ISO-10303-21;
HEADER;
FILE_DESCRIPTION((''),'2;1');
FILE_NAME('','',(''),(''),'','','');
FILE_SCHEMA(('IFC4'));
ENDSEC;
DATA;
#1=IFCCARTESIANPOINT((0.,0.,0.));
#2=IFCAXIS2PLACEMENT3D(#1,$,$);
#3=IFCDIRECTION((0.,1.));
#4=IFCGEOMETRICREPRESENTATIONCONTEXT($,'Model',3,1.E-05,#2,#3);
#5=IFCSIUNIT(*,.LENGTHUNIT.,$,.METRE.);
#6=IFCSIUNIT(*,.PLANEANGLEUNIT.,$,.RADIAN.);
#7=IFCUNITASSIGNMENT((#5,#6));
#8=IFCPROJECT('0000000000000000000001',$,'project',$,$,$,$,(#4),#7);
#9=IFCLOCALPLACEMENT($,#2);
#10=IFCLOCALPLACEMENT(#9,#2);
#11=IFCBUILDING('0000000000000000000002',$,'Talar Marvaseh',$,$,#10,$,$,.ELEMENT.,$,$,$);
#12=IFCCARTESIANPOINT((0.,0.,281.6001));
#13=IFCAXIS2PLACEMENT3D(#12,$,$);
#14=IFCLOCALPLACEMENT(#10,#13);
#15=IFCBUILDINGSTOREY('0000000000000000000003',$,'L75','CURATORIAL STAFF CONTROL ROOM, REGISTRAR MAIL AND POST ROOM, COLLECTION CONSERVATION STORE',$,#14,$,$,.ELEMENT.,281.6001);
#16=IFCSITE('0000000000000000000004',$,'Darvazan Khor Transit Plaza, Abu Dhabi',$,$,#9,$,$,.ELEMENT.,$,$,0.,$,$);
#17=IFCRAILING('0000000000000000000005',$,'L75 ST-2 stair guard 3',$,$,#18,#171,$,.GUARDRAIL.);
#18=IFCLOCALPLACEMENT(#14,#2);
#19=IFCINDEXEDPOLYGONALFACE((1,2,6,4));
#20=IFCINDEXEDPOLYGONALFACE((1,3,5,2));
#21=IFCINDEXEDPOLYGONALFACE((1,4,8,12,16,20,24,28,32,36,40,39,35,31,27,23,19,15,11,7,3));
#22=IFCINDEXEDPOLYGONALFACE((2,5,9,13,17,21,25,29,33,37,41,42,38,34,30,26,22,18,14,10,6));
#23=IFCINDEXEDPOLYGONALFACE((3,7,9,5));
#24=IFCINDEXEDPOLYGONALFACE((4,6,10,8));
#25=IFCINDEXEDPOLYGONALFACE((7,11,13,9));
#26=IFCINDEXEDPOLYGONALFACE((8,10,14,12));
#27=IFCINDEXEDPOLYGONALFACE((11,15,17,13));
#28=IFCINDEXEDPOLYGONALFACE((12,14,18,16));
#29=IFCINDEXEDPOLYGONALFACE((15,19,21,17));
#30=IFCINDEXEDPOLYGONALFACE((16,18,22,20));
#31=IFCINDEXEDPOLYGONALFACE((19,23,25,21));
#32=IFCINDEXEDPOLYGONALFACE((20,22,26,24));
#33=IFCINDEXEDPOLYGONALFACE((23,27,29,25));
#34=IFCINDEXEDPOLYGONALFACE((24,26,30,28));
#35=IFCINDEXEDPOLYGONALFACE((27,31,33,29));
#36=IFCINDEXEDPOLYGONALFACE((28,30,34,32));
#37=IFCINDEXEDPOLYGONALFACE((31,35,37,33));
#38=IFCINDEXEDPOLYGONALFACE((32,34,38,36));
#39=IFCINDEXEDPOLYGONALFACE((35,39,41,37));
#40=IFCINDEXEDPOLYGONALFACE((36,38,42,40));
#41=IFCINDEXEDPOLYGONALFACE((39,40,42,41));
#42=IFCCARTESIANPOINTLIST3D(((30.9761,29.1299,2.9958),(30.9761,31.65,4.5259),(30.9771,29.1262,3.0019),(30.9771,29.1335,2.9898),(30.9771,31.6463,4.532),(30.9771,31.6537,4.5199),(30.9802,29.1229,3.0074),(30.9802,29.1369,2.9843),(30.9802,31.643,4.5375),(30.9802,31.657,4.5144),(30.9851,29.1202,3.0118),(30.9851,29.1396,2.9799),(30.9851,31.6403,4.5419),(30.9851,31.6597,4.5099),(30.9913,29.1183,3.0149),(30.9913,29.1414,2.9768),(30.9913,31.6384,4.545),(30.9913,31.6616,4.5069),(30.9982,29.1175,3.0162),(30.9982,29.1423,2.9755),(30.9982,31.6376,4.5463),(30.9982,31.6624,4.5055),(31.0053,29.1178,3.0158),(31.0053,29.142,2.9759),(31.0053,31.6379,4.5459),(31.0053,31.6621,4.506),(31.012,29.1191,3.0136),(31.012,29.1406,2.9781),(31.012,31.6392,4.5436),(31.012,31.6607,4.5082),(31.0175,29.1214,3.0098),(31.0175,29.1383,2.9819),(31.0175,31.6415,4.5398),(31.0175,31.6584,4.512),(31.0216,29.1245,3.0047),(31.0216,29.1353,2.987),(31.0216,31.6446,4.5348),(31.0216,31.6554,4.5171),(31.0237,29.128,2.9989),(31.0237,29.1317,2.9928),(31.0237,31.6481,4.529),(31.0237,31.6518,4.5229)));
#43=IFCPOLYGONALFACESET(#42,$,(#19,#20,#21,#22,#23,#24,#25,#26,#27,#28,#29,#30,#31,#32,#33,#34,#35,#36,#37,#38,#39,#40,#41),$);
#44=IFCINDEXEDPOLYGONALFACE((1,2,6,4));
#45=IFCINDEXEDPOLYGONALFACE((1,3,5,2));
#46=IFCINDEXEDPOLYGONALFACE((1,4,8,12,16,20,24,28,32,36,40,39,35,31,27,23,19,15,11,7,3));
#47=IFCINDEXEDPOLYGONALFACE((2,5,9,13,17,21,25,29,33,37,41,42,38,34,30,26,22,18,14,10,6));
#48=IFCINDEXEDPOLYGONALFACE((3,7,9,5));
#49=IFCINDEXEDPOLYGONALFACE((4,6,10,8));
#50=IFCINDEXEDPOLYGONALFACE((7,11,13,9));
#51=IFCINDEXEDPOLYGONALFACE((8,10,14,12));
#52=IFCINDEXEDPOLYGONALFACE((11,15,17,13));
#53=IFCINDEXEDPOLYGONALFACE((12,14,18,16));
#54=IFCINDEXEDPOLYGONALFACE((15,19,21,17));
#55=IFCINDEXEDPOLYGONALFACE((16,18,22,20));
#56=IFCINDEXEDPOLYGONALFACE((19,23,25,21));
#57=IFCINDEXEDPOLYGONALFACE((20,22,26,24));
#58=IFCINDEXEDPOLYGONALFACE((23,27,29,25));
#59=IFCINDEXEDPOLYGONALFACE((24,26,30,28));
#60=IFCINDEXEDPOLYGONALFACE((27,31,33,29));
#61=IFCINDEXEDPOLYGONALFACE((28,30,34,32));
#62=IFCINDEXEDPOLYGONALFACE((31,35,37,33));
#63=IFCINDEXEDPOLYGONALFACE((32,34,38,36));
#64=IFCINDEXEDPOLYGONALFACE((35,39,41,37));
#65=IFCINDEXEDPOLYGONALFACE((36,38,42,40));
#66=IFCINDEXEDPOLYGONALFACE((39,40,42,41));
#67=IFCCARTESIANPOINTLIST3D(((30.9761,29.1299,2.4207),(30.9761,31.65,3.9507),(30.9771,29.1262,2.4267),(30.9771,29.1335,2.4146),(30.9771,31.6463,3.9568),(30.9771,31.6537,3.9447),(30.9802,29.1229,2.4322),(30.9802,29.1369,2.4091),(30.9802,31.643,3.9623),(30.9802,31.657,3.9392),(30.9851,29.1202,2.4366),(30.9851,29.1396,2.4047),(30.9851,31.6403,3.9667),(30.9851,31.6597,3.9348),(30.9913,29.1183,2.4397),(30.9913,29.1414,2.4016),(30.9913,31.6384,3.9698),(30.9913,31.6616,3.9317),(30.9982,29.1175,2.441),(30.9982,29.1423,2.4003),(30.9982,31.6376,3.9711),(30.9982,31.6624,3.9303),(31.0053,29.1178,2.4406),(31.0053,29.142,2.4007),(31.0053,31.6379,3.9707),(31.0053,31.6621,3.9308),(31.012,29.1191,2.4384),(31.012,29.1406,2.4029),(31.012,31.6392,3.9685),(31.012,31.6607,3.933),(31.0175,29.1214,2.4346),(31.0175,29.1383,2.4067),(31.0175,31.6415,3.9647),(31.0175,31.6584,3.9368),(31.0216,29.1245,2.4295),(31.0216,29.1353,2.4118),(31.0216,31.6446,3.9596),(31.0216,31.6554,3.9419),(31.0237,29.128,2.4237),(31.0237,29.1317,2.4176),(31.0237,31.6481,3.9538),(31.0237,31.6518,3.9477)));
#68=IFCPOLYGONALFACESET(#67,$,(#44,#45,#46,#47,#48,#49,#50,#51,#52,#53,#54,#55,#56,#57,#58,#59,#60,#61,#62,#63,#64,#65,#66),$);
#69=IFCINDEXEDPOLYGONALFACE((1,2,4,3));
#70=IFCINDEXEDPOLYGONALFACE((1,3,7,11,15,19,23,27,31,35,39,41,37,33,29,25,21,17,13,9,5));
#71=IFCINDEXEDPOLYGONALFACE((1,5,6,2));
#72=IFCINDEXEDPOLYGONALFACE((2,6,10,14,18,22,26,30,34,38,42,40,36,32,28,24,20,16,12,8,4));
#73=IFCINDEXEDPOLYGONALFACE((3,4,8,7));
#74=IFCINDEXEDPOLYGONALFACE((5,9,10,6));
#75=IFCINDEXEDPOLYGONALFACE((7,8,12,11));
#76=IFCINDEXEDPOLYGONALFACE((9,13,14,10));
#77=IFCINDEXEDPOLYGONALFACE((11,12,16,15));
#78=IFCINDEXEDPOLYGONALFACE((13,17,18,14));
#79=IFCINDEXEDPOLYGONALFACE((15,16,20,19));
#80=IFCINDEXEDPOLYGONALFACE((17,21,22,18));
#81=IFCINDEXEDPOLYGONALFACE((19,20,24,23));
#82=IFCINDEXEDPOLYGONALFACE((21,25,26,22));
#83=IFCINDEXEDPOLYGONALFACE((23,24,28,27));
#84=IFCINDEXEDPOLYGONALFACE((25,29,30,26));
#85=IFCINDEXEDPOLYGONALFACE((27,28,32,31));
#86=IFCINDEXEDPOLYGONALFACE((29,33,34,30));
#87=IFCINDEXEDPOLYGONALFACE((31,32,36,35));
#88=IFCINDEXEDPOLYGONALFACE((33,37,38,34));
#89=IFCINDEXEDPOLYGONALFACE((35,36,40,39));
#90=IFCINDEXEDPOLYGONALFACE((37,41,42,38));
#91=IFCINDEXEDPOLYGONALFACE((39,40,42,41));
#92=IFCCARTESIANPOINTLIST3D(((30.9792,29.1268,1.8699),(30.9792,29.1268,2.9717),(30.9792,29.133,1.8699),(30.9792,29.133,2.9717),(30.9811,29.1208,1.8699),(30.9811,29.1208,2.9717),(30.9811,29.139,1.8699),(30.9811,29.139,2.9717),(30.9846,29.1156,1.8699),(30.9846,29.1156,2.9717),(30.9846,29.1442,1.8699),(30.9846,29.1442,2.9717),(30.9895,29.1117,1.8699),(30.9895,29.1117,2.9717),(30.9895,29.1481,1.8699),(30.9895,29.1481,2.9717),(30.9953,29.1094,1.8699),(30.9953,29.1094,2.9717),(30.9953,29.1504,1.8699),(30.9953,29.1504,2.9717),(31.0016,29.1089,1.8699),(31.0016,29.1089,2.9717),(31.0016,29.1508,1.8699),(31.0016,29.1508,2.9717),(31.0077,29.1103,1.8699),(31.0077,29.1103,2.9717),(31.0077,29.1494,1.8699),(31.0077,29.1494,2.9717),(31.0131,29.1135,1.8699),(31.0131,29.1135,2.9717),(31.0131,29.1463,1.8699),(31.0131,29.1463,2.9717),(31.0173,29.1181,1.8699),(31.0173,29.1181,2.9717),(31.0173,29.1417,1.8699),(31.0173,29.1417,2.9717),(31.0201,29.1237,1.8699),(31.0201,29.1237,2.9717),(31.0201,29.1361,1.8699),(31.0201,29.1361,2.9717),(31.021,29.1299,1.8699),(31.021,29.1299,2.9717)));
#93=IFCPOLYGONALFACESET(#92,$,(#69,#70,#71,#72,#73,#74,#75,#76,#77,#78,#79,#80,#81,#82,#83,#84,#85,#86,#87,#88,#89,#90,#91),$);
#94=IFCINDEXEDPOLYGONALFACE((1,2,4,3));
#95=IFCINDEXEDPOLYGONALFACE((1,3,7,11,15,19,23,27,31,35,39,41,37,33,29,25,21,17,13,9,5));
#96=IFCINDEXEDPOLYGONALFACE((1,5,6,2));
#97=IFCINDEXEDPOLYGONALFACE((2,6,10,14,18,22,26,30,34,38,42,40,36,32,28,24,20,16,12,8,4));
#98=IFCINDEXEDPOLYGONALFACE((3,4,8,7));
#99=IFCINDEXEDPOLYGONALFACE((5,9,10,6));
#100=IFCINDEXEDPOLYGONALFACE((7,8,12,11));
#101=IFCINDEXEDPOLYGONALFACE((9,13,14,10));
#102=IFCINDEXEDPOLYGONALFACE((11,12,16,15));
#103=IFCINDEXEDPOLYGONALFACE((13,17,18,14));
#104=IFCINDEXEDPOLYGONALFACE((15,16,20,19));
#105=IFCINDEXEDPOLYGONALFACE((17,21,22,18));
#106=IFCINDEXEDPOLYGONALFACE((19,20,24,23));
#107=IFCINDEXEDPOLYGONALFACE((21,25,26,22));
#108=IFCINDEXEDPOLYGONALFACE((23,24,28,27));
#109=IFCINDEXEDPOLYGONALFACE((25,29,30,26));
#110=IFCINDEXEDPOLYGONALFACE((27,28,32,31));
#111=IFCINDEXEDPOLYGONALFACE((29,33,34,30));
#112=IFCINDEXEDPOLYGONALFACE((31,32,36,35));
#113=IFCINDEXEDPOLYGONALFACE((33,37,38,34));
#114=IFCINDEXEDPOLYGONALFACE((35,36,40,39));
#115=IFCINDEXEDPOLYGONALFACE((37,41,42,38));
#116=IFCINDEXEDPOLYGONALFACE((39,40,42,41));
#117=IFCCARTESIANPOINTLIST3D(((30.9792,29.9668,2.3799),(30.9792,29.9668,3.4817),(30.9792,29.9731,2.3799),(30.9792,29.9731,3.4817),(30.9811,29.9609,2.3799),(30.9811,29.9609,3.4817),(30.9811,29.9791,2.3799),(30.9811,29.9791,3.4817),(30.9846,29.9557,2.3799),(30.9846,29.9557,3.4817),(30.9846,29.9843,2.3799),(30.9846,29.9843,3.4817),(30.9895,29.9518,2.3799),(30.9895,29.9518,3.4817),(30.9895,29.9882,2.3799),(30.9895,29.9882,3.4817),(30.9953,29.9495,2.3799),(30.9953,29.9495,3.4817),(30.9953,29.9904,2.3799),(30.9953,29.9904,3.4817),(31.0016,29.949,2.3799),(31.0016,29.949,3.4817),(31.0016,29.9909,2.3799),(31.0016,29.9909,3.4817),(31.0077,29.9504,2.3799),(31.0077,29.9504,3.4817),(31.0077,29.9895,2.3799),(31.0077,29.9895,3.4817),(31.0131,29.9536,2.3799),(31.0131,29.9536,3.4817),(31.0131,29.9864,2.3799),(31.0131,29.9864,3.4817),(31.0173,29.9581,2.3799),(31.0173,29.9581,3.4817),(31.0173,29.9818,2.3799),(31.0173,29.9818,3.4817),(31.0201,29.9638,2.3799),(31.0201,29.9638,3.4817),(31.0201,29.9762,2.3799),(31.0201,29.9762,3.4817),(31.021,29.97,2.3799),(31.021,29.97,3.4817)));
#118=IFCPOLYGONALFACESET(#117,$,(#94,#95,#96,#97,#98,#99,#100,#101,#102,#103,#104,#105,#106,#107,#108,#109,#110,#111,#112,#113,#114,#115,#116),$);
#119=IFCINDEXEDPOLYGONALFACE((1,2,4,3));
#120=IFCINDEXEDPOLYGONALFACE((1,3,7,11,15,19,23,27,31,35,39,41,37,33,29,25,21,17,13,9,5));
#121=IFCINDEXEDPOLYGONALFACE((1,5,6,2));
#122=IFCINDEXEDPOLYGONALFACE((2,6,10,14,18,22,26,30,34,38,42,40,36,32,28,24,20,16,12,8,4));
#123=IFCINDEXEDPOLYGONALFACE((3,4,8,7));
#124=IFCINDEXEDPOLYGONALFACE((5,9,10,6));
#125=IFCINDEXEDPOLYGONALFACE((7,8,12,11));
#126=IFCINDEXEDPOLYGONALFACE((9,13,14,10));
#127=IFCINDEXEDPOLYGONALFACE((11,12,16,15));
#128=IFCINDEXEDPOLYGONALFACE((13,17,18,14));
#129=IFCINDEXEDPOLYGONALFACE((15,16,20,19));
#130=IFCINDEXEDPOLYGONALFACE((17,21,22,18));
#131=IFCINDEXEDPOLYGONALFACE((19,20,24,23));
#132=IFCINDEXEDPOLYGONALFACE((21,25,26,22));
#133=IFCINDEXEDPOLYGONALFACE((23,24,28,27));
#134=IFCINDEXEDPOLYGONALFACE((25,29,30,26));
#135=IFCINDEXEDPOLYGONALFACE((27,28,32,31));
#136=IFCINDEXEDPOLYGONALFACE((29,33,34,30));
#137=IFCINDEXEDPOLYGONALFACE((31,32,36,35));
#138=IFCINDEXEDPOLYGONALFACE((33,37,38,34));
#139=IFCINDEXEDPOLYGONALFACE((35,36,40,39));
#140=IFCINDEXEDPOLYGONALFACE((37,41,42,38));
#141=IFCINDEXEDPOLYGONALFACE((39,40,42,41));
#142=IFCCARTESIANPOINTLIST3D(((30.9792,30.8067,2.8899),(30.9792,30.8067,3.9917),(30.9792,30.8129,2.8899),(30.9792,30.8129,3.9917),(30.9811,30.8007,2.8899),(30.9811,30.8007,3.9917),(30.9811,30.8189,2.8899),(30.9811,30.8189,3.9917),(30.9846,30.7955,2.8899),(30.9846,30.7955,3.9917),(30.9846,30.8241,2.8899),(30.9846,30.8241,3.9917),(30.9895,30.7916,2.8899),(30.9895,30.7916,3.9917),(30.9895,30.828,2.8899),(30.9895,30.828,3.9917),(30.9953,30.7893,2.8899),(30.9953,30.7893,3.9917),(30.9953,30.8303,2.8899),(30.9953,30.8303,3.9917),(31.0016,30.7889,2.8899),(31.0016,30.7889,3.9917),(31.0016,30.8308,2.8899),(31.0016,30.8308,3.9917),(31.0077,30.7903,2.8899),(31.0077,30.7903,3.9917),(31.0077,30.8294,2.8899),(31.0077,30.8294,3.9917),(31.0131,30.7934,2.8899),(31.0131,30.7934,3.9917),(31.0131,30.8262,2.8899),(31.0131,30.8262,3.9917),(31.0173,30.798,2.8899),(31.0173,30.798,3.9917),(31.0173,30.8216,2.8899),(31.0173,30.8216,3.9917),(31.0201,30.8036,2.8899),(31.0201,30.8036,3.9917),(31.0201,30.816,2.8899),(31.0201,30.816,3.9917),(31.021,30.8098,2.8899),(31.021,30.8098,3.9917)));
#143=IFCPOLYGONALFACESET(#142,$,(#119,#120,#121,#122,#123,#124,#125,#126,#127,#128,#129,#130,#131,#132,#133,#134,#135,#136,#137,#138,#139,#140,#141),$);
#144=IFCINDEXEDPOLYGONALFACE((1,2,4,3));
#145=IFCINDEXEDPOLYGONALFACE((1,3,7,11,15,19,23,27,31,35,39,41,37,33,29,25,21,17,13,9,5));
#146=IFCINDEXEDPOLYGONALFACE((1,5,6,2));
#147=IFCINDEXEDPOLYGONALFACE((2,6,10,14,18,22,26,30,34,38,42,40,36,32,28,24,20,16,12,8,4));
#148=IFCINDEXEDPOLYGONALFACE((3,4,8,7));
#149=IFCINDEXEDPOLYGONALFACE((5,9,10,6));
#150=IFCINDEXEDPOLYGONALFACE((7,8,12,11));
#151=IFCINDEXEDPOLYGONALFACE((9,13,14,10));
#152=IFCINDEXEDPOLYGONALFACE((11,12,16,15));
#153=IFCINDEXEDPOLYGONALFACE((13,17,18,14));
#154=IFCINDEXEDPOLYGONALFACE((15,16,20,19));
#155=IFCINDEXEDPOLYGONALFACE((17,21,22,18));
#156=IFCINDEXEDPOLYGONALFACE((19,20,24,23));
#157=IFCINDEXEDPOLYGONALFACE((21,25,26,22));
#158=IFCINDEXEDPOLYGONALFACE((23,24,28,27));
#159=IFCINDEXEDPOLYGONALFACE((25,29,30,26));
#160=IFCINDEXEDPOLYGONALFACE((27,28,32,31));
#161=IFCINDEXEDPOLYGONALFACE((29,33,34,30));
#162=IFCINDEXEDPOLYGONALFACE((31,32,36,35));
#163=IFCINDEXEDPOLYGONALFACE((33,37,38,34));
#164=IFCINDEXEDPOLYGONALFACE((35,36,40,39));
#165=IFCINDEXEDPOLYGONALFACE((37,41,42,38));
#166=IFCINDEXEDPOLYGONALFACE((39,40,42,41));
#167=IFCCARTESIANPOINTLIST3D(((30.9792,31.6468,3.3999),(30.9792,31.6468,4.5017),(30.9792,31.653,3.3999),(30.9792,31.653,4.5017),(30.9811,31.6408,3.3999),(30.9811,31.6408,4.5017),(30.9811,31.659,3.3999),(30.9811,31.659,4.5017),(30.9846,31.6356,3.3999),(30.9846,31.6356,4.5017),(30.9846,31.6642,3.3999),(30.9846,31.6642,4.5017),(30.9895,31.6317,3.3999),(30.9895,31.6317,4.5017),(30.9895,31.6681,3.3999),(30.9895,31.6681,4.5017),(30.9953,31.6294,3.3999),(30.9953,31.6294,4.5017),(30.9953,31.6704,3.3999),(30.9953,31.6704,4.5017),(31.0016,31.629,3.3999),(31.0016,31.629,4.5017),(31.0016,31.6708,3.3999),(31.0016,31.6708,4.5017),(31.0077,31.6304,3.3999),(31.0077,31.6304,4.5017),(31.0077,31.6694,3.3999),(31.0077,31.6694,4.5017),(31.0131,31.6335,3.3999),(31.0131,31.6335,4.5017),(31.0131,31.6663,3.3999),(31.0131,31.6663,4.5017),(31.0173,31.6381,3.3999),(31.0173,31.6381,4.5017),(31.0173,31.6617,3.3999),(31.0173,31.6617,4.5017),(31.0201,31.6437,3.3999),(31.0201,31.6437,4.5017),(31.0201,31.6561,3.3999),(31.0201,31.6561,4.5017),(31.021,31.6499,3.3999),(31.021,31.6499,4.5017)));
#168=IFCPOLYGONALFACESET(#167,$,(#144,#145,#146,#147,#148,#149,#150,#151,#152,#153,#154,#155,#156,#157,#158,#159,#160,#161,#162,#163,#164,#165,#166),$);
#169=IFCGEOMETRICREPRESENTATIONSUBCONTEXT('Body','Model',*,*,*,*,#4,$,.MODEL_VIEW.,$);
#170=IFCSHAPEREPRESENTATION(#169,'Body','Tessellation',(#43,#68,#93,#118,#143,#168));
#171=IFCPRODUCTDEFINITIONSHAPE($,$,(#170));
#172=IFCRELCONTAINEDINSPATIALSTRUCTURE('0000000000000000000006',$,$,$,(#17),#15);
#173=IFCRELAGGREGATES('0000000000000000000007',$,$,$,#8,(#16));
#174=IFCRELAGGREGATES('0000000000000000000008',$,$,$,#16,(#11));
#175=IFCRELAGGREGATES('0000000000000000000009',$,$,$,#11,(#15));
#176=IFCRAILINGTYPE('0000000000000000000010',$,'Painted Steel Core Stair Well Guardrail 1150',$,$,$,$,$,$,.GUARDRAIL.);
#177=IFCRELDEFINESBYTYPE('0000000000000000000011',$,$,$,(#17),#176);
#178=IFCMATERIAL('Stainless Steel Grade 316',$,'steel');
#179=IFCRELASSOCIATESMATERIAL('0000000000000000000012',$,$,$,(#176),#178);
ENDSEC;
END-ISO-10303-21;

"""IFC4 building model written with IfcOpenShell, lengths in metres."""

from ifc_helpers import new_model, si_unit, direction, frame, origin, origin_2d, place, context, subcontext, project, spatial, circle, extrude, material, type_object, element, save


model = new_model("IFC4")

# Units and contexts
model_context = context("Model", 3, precision=1e-05, world=origin(), true_north=direction((0.0, 1.0)))
body_context = subcontext(model_context, "Body", "Model", "MODEL_VIEW")
ifc_project = project(units=[si_unit("LENGTHUNIT", "METRE"), si_unit("PLANEANGLEUNIT", "RADIAN")], contexts=[model_context])

# Site, building, storey
site_placement = place(None, origin())
site = spatial("IfcSite", under=ifc_project, at=site_placement, Name="Darvazan Khor Transit Plaza, Abu Dhabi", CompositionType="ELEMENT", RefElevation=0.0)
building_placement = place(site_placement, origin())
building = spatial("IfcBuilding", under=site, at=building_placement, Name="Talar Marvaseh", CompositionType="ELEMENT")
storey_placement = place(building_placement, frame((0.0, 0.0, 281.6001)))
storey = spatial("IfcBuildingStorey", under=building, at=storey_placement, Name="L75", Description="CURATORIAL STAFF CONTROL ROOM, REGISTRAR MAIL AND POST ROOM, COLLECTION CONSERVATION STORE", CompositionType="ELEMENT", Elevation=281.6001)

# Shared definitions
ifc_material_1 = material(Name="Stainless Steel Grade 316", Category="steel")

# Railing
railing_type_1 = type_object("IfcRailingType", Name="Painted Steel Core Stair Well Guardrail 1150", PredefinedType="GUARDRAIL", material=ifc_material_1)
railing_1_placement = place(storey_placement, frame((31.0, 29.1299, 1.8699)))
element("IfcRailing", 1, at=railing_1_placement, inside=storey, type_object=railing_type_1, Name="L75 ST-2 stair guard 3", PredefinedType="GUARDRAIL", context=body_context, shape_type="SweptSolid", body=[
    extrude(circle(Radius=0.0239, at=origin_2d()), frame((0.0, 0.0, 1.126), z_axis=(0.0, 0.854785, 0.518982), x_axis=(-1.0, 0.0, 0.0)), (0.0, 0.0, 1.0), 2.9482),
    extrude(circle(Radius=0.0239, at=origin_2d()), frame((0.0, 0.0, 0.5508), z_axis=(0.0, 0.854785, 0.518982), x_axis=(-1.0, 0.0, 0.0)), (0.0, 0.0, 1.0), 2.9482),
    extrude(circle(Radius=0.021, at=origin_2d()), origin(), (0.0, 0.0, 1.0), 1.1018),
    extrude(circle(Radius=0.021, at=origin_2d()), frame((0.0, 0.8401, 0.51)), (0.0, 0.0, 1.0), 1.1018),
    extrude(circle(Radius=0.021, at=origin_2d()), frame((0.0, 1.6799, 1.02)), (0.0, 0.0, 1.0), 1.1018),
    extrude(circle(Radius=0.021, at=origin_2d()), frame((0.0, 2.52, 1.53)), (0.0, 0.0, 1.0), 1.1018),
])

save(model, "model.ifc")
